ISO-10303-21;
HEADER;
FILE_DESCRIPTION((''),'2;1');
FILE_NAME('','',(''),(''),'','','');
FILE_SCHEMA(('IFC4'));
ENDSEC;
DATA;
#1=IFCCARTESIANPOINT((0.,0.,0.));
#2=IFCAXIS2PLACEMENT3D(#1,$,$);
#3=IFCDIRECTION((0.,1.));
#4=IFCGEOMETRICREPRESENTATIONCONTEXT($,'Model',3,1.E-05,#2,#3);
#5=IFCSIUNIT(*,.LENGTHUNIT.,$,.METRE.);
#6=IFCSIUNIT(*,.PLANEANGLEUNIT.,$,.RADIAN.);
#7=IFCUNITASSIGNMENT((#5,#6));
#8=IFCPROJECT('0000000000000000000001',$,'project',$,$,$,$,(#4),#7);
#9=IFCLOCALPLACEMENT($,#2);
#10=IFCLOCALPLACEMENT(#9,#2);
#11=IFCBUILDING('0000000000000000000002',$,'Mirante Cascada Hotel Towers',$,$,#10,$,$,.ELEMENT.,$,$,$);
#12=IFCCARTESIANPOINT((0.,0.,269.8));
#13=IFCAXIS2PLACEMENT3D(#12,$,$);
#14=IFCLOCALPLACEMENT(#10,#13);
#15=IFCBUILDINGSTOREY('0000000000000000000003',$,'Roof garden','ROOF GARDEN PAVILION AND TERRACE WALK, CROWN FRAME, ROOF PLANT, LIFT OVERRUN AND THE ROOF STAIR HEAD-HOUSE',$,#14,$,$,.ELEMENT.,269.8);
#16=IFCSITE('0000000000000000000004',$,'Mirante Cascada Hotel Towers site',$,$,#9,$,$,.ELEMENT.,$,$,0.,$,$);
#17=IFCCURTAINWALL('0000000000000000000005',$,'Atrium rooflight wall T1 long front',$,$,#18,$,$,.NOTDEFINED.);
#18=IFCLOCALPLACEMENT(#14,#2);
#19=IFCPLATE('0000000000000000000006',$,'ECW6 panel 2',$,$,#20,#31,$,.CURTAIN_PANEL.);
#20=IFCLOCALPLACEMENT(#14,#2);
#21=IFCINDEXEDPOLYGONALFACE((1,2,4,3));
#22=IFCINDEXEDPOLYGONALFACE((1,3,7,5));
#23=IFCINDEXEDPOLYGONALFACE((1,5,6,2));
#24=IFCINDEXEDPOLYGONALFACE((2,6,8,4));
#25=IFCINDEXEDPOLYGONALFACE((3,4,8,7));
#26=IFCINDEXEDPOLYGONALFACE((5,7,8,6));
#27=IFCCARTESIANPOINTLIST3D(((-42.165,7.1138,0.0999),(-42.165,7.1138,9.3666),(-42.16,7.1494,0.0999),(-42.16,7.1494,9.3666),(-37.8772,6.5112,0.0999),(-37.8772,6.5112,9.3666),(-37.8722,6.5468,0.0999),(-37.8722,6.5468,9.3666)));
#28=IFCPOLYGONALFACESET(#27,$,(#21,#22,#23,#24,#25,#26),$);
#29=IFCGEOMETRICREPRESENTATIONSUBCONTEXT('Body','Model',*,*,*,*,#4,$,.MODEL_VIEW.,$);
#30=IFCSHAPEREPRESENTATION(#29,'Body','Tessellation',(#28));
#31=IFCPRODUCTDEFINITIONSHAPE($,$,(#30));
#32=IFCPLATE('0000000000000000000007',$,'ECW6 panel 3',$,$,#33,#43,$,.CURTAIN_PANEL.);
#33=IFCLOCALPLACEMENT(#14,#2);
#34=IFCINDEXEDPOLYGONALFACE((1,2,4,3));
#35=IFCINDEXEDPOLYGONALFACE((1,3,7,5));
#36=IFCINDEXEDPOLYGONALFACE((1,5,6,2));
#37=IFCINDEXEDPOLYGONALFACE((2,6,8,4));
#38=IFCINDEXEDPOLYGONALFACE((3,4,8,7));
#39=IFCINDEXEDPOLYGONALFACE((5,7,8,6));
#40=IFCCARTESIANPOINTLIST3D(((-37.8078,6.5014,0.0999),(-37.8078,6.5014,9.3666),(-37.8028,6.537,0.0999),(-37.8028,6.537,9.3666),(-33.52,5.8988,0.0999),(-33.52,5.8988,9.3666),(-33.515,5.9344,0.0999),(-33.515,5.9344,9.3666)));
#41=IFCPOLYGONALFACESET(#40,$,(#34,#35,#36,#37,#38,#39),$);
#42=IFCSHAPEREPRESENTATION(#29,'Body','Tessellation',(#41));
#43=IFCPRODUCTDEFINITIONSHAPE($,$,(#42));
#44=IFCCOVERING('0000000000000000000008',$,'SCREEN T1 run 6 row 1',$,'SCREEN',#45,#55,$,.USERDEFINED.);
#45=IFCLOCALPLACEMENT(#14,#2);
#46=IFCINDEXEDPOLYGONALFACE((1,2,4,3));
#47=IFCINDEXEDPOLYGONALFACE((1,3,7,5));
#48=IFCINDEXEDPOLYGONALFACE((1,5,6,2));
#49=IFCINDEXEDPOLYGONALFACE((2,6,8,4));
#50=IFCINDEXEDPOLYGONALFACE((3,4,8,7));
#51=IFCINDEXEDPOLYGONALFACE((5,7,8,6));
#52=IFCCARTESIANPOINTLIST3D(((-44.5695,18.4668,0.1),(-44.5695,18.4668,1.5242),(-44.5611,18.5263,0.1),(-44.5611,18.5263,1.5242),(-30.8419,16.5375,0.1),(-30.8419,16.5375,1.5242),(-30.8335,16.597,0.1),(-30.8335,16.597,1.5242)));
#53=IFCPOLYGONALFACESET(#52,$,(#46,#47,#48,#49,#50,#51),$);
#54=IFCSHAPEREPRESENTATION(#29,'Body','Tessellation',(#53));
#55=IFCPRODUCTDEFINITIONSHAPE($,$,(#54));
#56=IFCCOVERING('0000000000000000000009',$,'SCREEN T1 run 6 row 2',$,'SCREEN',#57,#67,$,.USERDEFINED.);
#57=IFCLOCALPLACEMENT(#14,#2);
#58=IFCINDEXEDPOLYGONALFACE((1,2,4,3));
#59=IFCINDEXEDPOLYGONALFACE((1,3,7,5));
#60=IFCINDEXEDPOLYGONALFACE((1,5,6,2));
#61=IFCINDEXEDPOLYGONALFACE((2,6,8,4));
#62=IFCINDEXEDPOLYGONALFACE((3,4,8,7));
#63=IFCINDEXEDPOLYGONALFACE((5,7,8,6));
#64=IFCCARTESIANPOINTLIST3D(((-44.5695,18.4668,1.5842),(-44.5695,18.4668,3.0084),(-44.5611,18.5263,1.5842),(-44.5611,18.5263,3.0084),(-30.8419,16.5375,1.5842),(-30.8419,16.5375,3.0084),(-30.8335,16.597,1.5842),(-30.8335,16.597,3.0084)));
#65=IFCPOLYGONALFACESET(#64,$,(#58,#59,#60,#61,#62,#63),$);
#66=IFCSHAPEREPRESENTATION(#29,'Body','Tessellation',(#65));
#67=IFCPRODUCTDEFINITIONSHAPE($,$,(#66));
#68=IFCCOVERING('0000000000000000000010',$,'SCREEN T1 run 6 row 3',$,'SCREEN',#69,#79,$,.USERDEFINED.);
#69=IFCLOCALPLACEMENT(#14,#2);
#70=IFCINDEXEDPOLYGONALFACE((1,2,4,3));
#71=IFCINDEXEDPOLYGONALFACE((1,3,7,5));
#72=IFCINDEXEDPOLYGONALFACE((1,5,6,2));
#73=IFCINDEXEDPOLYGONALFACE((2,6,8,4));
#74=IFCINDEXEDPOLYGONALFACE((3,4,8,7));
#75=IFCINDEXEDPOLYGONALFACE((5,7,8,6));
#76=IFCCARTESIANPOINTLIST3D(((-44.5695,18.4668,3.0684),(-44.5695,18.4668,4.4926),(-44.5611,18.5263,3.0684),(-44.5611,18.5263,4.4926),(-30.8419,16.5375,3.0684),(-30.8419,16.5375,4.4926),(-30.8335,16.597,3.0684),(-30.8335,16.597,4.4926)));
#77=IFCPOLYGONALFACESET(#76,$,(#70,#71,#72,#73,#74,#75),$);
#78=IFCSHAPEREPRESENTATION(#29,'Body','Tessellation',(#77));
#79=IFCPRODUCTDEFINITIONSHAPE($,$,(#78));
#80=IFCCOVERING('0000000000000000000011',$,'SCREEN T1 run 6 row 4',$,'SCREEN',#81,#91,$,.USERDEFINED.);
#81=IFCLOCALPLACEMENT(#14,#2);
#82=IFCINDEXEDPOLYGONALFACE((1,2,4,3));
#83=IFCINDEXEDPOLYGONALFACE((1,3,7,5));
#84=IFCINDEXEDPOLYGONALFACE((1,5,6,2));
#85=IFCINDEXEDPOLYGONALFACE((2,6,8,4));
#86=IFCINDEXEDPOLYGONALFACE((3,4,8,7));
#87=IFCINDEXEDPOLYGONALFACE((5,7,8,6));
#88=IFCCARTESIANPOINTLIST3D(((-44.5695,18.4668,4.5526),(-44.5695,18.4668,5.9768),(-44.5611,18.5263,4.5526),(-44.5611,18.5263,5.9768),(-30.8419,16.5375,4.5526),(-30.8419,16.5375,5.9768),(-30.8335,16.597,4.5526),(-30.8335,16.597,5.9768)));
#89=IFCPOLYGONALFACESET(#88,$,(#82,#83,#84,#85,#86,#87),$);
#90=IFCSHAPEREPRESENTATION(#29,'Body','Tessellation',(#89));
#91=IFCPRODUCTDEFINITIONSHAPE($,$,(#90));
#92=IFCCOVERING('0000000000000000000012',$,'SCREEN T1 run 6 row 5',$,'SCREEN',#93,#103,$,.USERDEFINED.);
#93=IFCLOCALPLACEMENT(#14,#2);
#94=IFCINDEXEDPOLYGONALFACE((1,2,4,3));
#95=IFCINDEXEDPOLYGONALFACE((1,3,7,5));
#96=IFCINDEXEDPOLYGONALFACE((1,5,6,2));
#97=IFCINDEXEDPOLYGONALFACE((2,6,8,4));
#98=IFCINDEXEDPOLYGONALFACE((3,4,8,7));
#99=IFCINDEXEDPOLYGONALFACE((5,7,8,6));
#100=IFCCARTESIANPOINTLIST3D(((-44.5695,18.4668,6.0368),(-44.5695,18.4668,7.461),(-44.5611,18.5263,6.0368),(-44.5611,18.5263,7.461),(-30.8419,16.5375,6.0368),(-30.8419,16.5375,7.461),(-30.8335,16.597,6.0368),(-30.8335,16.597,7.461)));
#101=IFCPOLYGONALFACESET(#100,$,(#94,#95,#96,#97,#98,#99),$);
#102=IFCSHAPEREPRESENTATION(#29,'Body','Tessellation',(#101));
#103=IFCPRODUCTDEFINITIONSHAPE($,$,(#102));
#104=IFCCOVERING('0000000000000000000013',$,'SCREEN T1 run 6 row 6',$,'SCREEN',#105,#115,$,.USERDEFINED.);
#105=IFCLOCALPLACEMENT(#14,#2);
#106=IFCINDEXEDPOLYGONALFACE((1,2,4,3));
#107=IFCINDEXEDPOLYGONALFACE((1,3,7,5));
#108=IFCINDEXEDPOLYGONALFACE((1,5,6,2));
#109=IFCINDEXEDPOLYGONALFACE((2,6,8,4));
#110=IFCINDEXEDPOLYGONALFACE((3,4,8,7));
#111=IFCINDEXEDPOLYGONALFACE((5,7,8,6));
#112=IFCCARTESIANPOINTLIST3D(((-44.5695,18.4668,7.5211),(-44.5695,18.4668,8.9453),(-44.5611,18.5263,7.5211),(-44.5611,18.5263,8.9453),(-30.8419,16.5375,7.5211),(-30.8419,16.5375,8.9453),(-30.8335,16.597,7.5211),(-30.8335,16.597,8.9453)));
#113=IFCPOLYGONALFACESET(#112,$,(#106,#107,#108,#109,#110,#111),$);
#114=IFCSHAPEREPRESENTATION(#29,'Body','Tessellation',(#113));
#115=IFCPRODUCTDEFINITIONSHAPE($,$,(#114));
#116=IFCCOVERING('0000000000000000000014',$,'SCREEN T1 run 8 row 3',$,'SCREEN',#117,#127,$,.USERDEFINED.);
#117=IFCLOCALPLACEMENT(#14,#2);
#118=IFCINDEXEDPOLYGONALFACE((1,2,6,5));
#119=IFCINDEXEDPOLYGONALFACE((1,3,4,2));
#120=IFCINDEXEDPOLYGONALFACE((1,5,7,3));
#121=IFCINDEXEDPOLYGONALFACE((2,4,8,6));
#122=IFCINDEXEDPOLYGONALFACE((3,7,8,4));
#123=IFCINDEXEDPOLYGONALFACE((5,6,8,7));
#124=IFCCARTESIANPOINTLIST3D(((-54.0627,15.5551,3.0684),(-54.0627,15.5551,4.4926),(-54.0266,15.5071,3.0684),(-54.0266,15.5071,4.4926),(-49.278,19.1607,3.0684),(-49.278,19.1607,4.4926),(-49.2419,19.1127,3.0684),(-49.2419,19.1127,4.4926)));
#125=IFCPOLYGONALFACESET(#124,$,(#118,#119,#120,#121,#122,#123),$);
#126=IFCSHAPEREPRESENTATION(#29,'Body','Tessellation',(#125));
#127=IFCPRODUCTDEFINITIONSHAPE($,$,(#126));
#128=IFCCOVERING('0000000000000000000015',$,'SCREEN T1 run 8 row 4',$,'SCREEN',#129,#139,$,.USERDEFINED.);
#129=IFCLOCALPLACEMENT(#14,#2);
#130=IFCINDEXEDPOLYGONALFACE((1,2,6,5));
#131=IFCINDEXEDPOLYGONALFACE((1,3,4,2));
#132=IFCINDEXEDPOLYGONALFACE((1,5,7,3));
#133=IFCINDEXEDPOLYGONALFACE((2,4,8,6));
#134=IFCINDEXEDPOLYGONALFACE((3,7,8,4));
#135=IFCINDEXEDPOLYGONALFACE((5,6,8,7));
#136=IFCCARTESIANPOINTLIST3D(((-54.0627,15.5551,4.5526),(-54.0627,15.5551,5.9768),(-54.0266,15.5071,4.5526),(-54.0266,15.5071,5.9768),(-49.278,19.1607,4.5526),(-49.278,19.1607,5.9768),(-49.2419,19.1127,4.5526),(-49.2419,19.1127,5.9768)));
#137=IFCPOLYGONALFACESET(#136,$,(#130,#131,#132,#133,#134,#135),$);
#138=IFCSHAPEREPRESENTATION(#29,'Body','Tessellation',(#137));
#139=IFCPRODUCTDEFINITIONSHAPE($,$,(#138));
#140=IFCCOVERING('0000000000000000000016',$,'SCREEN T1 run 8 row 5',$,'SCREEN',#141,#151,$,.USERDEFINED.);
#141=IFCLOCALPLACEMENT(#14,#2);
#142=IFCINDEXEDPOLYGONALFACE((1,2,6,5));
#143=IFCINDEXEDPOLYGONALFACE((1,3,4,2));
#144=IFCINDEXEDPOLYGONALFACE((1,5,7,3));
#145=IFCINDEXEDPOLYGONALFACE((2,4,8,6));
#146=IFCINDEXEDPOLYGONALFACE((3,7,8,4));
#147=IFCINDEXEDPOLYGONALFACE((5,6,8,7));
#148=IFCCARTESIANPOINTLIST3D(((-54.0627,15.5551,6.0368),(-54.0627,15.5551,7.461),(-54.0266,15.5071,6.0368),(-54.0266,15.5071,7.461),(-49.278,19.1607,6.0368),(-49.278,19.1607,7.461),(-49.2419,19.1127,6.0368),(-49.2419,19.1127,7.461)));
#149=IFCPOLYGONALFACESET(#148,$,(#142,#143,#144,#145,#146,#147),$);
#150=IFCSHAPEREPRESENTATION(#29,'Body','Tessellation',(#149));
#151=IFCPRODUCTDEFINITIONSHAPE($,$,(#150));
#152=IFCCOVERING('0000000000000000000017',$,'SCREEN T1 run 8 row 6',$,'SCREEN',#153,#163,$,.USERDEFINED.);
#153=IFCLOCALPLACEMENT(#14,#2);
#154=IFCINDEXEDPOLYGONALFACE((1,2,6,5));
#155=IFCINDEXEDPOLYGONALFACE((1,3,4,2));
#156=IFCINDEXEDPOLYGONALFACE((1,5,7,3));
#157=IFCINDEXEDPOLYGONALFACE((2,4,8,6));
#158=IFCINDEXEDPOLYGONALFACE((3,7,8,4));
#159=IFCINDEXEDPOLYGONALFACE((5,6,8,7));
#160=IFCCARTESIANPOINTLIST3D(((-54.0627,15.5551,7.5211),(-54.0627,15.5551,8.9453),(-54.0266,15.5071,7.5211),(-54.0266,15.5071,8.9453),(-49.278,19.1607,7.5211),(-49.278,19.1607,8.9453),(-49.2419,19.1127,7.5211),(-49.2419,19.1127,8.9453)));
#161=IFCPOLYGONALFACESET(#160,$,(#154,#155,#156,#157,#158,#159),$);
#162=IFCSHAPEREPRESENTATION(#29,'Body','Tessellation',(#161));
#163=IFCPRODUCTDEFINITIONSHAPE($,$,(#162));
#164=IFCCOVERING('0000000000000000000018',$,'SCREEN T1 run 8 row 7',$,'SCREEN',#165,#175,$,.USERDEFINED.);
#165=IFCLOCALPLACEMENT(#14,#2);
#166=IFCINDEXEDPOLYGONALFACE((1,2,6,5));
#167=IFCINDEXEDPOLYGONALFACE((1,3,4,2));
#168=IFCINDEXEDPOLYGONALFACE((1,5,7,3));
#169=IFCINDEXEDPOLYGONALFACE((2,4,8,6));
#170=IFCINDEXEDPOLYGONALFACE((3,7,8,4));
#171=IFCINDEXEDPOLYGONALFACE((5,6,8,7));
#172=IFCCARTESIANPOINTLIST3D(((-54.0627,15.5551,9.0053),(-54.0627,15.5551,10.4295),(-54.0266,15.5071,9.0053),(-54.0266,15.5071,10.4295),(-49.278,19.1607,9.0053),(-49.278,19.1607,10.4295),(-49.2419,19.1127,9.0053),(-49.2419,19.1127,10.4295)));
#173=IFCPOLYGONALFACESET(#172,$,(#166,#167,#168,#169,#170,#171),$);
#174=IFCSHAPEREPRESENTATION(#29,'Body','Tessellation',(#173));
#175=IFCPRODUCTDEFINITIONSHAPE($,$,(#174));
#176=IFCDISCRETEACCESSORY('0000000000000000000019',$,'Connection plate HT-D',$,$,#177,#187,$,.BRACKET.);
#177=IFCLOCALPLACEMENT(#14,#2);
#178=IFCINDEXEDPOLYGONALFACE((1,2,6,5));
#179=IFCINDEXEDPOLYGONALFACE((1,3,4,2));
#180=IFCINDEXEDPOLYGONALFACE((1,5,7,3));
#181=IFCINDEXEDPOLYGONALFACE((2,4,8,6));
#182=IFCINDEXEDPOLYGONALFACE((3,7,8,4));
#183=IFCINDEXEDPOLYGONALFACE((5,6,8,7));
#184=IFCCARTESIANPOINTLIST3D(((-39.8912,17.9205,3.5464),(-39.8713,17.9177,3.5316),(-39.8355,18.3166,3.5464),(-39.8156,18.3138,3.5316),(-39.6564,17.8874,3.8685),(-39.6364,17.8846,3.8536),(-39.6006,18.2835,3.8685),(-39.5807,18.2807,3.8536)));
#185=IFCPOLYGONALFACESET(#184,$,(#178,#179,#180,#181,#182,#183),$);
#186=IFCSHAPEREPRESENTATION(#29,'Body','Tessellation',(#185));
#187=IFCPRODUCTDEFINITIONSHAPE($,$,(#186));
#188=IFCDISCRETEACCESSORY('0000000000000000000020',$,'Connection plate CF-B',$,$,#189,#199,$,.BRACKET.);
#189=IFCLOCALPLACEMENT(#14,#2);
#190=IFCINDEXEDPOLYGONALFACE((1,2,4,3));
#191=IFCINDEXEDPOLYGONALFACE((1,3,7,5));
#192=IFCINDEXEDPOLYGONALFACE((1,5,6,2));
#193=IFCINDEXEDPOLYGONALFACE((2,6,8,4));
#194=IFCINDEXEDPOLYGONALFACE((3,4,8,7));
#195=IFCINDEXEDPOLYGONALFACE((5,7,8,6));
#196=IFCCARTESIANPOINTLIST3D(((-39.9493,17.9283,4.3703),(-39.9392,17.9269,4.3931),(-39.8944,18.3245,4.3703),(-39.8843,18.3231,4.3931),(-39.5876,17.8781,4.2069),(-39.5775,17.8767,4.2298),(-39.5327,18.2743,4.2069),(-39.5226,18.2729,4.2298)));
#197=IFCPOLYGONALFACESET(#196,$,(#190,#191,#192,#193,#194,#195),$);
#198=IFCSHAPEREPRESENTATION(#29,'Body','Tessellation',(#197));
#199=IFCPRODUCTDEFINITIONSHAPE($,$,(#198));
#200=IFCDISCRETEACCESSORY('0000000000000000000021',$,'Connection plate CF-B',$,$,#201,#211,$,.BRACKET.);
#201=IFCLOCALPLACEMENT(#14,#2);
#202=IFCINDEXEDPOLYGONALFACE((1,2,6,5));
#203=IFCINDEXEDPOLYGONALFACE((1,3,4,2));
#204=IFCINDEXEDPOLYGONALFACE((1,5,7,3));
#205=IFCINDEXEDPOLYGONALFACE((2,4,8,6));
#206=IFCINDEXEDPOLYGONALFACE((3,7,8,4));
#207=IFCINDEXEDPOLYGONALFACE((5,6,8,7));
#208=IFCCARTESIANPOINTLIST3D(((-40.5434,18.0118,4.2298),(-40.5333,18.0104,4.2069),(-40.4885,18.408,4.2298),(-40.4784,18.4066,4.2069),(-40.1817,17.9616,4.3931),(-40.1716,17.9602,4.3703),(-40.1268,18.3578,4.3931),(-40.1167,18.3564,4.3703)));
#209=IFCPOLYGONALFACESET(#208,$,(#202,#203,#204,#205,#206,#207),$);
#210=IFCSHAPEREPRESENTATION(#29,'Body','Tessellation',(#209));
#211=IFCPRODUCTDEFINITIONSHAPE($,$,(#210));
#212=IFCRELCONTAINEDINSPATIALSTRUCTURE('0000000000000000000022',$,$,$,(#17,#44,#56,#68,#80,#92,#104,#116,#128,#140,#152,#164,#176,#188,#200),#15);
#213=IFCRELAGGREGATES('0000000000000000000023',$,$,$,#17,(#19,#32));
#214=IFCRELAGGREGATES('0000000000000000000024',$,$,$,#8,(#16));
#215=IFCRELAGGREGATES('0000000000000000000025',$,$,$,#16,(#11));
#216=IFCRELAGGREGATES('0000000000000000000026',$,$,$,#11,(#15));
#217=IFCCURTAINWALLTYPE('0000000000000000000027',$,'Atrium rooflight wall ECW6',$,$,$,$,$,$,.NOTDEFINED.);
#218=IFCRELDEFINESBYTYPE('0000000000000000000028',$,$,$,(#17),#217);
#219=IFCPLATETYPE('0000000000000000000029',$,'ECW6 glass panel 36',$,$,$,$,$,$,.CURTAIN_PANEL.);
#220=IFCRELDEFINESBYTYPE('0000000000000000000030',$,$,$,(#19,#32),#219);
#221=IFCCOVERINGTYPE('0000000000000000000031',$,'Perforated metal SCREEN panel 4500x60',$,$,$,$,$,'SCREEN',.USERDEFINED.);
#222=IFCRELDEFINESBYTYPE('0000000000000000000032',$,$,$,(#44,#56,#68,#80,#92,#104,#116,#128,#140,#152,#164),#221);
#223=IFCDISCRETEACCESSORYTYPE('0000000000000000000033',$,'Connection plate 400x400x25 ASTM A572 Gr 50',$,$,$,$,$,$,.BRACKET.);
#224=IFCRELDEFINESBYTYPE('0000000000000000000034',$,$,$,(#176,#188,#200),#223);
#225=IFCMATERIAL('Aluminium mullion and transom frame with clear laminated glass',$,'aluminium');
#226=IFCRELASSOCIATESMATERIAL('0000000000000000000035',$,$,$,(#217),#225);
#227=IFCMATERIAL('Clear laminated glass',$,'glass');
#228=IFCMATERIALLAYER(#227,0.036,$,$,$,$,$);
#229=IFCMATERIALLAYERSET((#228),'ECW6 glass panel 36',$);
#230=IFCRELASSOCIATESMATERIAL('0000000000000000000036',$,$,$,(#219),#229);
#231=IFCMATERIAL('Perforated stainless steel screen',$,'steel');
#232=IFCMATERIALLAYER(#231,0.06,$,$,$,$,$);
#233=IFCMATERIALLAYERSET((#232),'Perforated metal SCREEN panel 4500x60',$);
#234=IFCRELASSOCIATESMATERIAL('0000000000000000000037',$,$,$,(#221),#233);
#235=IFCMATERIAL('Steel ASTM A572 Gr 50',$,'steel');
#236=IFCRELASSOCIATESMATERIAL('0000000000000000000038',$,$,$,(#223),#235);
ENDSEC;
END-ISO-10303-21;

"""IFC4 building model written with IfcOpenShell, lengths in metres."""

from ifc_helpers import new_model, si_unit, direction, frame, origin, origin_2d, place, context, subcontext, project, spatial, rectangle, extrude, material, layer, layer_set, material_profile, profile_set, type_object, element, aggregate, save


model = new_model("IFC4")

# Units and contexts
model_context = context("Model", 3, precision=1e-05, world=origin(), true_north=direction((0.0, 1.0)))
body_context = subcontext(model_context, "Body", "Model", "MODEL_VIEW")
ifc_project = project(units=[si_unit("LENGTHUNIT", "METRE"), si_unit("PLANEANGLEUNIT", "RADIAN")], contexts=[model_context])

# Site, building, storey
site_placement = place(None, origin())
site = spatial("IfcSite", under=ifc_project, at=site_placement, Name="Mirante Cascada Hotel Towers site", CompositionType="ELEMENT", RefElevation=0.0)
building_placement = place(site_placement, origin())
building = spatial("IfcBuilding", under=site, at=building_placement, Name="Mirante Cascada Hotel Towers", CompositionType="ELEMENT")
storey_placement = place(building_placement, frame((0.0, 0.0, 269.8)))
storey = spatial("IfcBuildingStorey", under=building, at=storey_placement, Name="Roof garden", Description="ROOF GARDEN PAVILION AND TERRACE WALK, CROWN FRAME, ROOF PLANT, LIFT OVERRUN AND THE ROOF STAIR HEAD-HOUSE", CompositionType="ELEMENT", Elevation=269.8)

# Curtain wall
ifc_material_1 = material(Name="Aluminium mullion and transom frame with clear laminated glass", Category="aluminium")
curtain_wall_type = type_object("IfcCurtainWallType", Name="Atrium rooflight wall ECW6", PredefinedType="NOTDEFINED", material=ifc_material_1)
curtain_wall_1_placement = place(storey_placement, origin())
curtain_wall_1 = element("IfcCurtainWall", 1, at=curtain_wall_1_placement, inside=storey, type_object=curtain_wall_type, Name="Atrium rooflight wall T1 long front", PredefinedType="NOTDEFINED")

# Plates
ifc_material_2 = material(Name="Clear laminated glass", Category="glass")
ifc_layer_1 = layer(ifc_material_2, 0.036)
ifc_layer_set_1 = layer_set([ifc_layer_1], Name="ECW6 glass panel 36")
plate_type = type_object("IfcPlateType", Name="ECW6 glass panel 36", PredefinedType="CURTAIN_PANEL", material=ifc_layer_set_1)
plate_1_placement = place(storey_placement, frame((-40.0186, 6.8303, 0.0999), z_axis=(0.0, 0.0, 1.0), x_axis=(0.990268, -0.139173, 0.0)))
plate_1 = element("IfcPlate", 2, at=plate_1_placement, type_object=plate_type, Name="ECW6 panel 2", PredefinedType="CURTAIN_PANEL", context=body_context, shape_type="SweptSolid", body=[
    extrude(rectangle(XDim=4.33, YDim=0.036, at=origin_2d()), origin(), (0.0, 0.0, 1.0), 9.2667),
])
plate_2_placement = place(storey_placement, frame((-35.6614, 6.2179, 0.0999), z_axis=(0.0, 0.0, 1.0), x_axis=(0.990268, -0.139173, 0.0)))
plate_2 = element("IfcPlate", 3, at=plate_2_placement, type_object=plate_type, Name="ECW6 panel 3", PredefinedType="CURTAIN_PANEL", context=body_context, shape_type="SweptSolid", body=[
    extrude(rectangle(XDim=4.33, YDim=0.036, at=origin_2d()), origin(), (0.0, 0.0, 1.0), 9.2667),
])
aggregate(curtain_wall_1, [plate_1, plate_2])

# Coverings
ifc_material_3 = material(Name="Perforated stainless steel screen", Category="steel")
ifc_layer_2 = layer(ifc_material_3, 0.06)
ifc_layer_set_2 = layer_set([ifc_layer_2], Name="Perforated metal SCREEN panel 4500x60")
covering_type = type_object("IfcCoveringType", Name="Perforated metal SCREEN panel 4500x60", ElementType="SCREEN", PredefinedType="USERDEFINED", material=ifc_layer_set_2)
for number, where, z_axis, x_axis, name in (
    (4, (-37.7015, 17.5319, 0.1), (0.0, 0.0, 1.0), (-0.990268, 0.139173, 0.0), "SCREEN T1 run 6 row 1"),
    (5, (-37.7015, 17.5319, 1.5842), (0.0, 0.0, 1.0), (-0.990268, 0.139173, 0.0), "SCREEN T1 run 6 row 2"),
    (6, (-37.7015, 17.5319, 3.0684), (0.0, 0.0, 1.0), (-0.990268, 0.139173, 0.0), "SCREEN T1 run 6 row 3"),
    (7, (-37.7015, 17.5319, 4.5526), (0.0, 0.0, 1.0), (-0.990268, 0.139173, 0.0), "SCREEN T1 run 6 row 4"),
    (8, (-37.7015, 17.5319, 6.0368), (0.0, 0.0, 1.0), (-0.990268, 0.139173, 0.0), "SCREEN T1 run 6 row 5"),
    (9, (-37.7015, 17.5319, 7.5211), (0.0, 0.0, 1.0), (-0.990268, 0.139173, 0.0), "SCREEN T1 run 6 row 6"),
):
    element("IfcCovering", number, at=place(storey_placement, frame(where, z_axis=z_axis, x_axis=x_axis)), inside=storey, type_object=covering_type, Name=name, ObjectType="SCREEN", PredefinedType="USERDEFINED", context=body_context, shape_type="SweptSolid", body=[
        extrude(rectangle(XDim=13.8625, YDim=0.06, at=origin_2d()), origin(), (0.0, 0.0, 1.0), 1.4242),
    ])
for number, where, z_axis, x_axis, name in (
    (10, (-51.6523, 17.3339, 3.0684), (0.0, 0.0, 1.0), (-0.798636, -0.601815, 0.0), "SCREEN T1 run 8 row 3"),
    (11, (-51.6523, 17.3339, 4.5526), (0.0, 0.0, 1.0), (-0.798636, -0.601815, 0.0), "SCREEN T1 run 8 row 4"),
    (12, (-51.6523, 17.3339, 6.0368), (0.0, 0.0, 1.0), (-0.798636, -0.601815, 0.0), "SCREEN T1 run 8 row 5"),
    (13, (-51.6523, 17.3339, 7.5211), (0.0, 0.0, 1.0), (-0.798636, -0.601815, 0.0), "SCREEN T1 run 8 row 6"),
    (14, (-51.6523, 17.3339, 9.0053), (0.0, 0.0, 1.0), (-0.798636, -0.601815, 0.0), "SCREEN T1 run 8 row 7"),
):
    element("IfcCovering", number, at=place(storey_placement, frame(where, z_axis=z_axis, x_axis=x_axis)), inside=storey, type_object=covering_type, Name=name, ObjectType="SCREEN", PredefinedType="USERDEFINED", context=body_context, shape_type="SweptSolid", body=[
        extrude(rectangle(XDim=5.9912, YDim=0.06, at=origin_2d()), origin(), (0.0, 0.0, 1.0), 1.4242),
    ])

# Discrete accessories
ifc_material_4 = material(Name="Steel ASTM A572 Gr 50", Category="steel")
ifc_material_profile_1 = material_profile(ifc_material_4, rectangle(XDim=0.4, YDim=0.4, at=origin_2d()), Name="Connection plate 400x400x25 ASTM A572 Gr 50")
ifc_profile_set_1 = profile_set([ifc_material_profile_1], Name="Steel ASTM A572 Gr 50")
discrete_accessory_type = type_object("IfcDiscreteAccessoryType", Name="Connection plate 400x400x25 ASTM A572 Gr 50", PredefinedType="BRACKET", material=ifc_profile_set_1)
for number, where, z_axis, x_axis, name in (
    (15, (-39.726, 18.0992, 3.6926), (-0.797347, 0.112189, 0.593002), (-0.139331, -0.990246, 0.0), "Connection plate HT-D"),
    (16, (-39.741, 18.1013, 4.2886), (0.404385, -0.056053, 0.91287), (0.137301, 0.990529, 0.0), "Connection plate CF-B"),
    (17, (-40.325, 18.1834, 4.2886), (-0.404385, 0.056053, 0.91287), (-0.137301, -0.990529, 0.0), "Connection plate CF-B"),
):
    element("IfcDiscreteAccessory", number, at=place(storey_placement, frame(where, z_axis=z_axis, x_axis=x_axis)), inside=storey, type_object=discrete_accessory_type, Name=name, PredefinedType="BRACKET", context=body_context, shape_type="SweptSolid", body=[
        extrude(rectangle(XDim=0.4, YDim=0.4, at=origin_2d()), origin(), (0.0, 0.0, 1.0), 0.025),
    ])

save(model, "model.ifc")
